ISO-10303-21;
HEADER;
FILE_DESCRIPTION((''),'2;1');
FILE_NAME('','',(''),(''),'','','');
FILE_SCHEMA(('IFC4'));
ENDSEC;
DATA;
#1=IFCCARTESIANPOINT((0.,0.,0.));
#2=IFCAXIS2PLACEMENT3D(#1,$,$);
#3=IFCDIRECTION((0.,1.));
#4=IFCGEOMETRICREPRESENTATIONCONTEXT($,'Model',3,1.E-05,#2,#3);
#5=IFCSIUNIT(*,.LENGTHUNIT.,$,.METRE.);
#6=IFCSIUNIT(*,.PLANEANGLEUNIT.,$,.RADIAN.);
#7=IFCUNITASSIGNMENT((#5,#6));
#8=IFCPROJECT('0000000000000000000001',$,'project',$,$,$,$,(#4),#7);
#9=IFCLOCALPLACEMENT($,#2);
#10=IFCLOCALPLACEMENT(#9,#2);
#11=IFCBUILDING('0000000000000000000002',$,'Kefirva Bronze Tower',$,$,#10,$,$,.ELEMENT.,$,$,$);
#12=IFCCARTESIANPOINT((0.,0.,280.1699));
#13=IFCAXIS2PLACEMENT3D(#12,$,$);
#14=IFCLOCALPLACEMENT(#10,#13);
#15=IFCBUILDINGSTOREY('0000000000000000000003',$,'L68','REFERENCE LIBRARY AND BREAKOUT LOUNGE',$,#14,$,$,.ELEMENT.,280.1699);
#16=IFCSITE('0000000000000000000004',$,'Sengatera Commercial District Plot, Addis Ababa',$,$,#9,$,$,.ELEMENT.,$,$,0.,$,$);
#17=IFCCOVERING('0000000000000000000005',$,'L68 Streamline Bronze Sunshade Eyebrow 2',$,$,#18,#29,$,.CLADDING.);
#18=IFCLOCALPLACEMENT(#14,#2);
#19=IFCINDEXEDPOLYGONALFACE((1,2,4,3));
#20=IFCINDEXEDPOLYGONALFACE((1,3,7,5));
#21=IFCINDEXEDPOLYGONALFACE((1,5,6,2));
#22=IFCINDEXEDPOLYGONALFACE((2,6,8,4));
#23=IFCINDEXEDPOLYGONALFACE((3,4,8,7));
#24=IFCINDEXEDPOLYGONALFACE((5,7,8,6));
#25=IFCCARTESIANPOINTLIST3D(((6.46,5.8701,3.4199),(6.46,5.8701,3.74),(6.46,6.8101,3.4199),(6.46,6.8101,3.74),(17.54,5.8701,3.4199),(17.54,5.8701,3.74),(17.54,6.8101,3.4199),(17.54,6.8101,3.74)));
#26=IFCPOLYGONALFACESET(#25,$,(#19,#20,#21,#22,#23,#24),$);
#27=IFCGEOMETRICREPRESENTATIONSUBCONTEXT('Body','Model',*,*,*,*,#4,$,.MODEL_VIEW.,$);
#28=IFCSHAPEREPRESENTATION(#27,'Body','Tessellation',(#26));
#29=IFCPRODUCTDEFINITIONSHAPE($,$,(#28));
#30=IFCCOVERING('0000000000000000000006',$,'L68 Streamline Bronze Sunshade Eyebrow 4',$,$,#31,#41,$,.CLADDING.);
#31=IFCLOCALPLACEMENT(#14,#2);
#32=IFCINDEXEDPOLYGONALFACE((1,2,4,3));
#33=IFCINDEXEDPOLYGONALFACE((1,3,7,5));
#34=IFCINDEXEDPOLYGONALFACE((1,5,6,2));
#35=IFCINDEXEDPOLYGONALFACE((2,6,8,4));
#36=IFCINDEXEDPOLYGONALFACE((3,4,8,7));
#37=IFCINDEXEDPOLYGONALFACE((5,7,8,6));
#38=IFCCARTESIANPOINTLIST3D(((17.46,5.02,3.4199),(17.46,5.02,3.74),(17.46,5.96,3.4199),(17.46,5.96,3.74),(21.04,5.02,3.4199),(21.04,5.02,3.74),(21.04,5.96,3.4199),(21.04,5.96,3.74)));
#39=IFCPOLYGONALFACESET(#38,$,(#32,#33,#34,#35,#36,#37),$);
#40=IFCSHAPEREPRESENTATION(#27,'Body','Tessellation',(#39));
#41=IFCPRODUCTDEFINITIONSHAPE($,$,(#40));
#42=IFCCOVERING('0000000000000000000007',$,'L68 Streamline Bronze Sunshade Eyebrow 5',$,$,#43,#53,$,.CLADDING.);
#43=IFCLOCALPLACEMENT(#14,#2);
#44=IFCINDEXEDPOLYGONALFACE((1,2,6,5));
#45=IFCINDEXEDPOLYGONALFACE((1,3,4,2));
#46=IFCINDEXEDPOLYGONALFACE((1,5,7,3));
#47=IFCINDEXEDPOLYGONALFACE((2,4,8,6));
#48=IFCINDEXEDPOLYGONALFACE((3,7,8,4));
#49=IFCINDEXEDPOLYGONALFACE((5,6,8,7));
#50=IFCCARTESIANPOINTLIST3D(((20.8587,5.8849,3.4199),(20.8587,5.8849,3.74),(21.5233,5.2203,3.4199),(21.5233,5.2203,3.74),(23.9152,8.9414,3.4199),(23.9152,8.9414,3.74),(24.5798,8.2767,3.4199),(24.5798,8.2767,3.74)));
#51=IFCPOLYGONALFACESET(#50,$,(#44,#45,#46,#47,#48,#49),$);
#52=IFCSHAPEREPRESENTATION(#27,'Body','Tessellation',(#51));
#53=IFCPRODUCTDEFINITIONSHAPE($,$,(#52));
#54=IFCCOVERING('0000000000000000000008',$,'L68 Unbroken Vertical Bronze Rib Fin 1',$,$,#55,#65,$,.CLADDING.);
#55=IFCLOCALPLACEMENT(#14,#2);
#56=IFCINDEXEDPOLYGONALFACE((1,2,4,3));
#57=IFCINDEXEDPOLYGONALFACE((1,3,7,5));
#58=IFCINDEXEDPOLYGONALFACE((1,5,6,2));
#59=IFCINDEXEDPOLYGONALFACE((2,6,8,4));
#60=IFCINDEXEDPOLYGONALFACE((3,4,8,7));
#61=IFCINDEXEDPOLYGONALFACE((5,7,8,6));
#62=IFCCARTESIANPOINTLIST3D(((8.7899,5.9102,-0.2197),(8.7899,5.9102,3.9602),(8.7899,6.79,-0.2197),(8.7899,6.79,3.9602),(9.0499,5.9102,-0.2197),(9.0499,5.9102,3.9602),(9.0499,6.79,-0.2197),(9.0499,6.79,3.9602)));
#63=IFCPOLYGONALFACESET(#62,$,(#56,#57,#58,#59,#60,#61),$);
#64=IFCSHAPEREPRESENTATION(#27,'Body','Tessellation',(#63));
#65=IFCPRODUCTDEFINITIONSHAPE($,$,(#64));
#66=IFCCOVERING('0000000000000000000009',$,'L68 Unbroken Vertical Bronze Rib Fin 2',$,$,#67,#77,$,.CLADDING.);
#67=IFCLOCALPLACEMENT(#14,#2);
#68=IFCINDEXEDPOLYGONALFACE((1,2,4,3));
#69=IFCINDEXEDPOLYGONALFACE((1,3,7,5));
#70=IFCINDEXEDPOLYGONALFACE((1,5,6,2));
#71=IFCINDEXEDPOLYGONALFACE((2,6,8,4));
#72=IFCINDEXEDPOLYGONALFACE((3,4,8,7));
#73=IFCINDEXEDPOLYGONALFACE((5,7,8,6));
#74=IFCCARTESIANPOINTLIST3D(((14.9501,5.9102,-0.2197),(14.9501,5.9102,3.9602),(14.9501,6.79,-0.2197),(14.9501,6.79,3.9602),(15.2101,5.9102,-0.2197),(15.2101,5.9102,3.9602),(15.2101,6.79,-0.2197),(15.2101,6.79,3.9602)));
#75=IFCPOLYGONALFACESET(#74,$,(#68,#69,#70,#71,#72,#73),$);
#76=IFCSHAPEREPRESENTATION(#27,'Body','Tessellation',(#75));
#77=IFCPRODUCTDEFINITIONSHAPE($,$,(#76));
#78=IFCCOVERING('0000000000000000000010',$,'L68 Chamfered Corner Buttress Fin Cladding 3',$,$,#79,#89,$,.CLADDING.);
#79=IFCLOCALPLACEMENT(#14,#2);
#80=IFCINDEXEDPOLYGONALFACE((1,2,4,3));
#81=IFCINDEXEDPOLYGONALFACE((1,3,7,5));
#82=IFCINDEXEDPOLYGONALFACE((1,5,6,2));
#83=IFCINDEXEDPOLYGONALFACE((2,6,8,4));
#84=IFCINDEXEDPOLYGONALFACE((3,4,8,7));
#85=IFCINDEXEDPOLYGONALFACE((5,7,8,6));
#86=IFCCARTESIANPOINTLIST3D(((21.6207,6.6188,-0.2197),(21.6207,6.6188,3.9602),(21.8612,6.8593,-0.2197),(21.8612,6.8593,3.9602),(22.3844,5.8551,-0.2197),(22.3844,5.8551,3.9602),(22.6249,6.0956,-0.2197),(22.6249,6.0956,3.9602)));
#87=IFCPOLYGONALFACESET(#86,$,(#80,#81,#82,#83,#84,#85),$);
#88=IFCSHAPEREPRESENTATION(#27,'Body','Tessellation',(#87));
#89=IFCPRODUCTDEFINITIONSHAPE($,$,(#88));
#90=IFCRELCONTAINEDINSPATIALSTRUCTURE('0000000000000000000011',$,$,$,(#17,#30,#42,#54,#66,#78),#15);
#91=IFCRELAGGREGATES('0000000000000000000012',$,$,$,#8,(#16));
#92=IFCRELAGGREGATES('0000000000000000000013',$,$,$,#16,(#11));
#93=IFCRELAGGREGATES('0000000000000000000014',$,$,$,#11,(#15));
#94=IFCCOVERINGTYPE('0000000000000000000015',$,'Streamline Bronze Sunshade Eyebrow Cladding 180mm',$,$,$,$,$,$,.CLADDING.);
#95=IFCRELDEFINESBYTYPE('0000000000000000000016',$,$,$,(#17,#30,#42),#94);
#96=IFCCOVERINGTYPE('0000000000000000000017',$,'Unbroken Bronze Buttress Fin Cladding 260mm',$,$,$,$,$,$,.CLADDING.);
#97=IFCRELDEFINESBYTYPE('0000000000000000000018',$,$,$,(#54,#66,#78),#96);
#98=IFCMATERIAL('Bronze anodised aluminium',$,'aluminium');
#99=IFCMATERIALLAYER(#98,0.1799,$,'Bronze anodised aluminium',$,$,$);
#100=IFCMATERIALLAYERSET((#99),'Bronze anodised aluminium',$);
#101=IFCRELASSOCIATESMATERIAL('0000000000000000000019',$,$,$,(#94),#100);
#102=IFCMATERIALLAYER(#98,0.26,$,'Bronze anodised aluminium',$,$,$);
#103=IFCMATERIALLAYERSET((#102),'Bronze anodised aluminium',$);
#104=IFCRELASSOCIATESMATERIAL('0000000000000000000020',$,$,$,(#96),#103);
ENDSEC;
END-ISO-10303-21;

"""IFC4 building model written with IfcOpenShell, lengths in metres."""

from ifc_helpers import new_model, si_unit, direction, frame, origin, origin_2d, place, context, subcontext, project, spatial, rectangle, extrude, material, layer, layer_set, type_object, element, save


model = new_model("IFC4")

# Units and contexts
model_context = context("Model", 3, precision=1e-05, world=origin(), true_north=direction((0.0, 1.0)))
body_context = subcontext(model_context, "Body", "Model", "MODEL_VIEW")
ifc_project = project(units=[si_unit("LENGTHUNIT", "METRE"), si_unit("PLANEANGLEUNIT", "RADIAN")], contexts=[model_context])

# Site, building, storey
site_placement = place(None, origin())
site = spatial("IfcSite", under=ifc_project, at=site_placement, Name="Sengatera Commercial District Plot, Addis Ababa", CompositionType="ELEMENT", RefElevation=0.0)
building_placement = place(site_placement, origin())
building = spatial("IfcBuilding", under=site, at=building_placement, Name="Kefirva Bronze Tower", CompositionType="ELEMENT")
storey_placement = place(building_placement, frame((0.0, 0.0, 280.1699)))
storey = spatial("IfcBuildingStorey", under=building, at=storey_placement, Name="L68", Description="REFERENCE LIBRARY AND BREAKOUT LOUNGE", CompositionType="ELEMENT", Elevation=280.1699)

# Shared definitions
ifc_material_1 = material(Name="Bronze anodised aluminium", Category="aluminium")

# Coverings
ifc_layer_1 = layer(ifc_material_1, 0.1799, Name="Bronze anodised aluminium")
ifc_layer_set_1 = layer_set([ifc_layer_1], Name="Bronze anodised aluminium")
covering_type_1 = type_object("IfcCoveringType", Name="Streamline Bronze Sunshade Eyebrow Cladding 180mm", PredefinedType="CLADDING", material=ifc_layer_set_1)
covering_1_placement = place(storey_placement, frame((12.0, 6.3401, 3.4199), z_axis=(0.0, 0.0, 1.0), x_axis=(1.0, 0.0, 0.0)))
element("IfcCovering", 1, at=covering_1_placement, inside=storey, type_object=covering_type_1, Name="L68 Streamline Bronze Sunshade Eyebrow 2", PredefinedType="CLADDING", context=body_context, shape_type="SweptSolid", body=[
    extrude(rectangle(XDim=11.0801, YDim=0.9399, at=origin_2d()), origin(), (0.0, 0.0, 1.0), 0.3201),
])
covering_2_placement = place(storey_placement, frame((19.25, 5.49, 3.4199), z_axis=(0.0, 0.0, 1.0), x_axis=(1.0, 0.0, 0.0)))
element("IfcCovering", 2, at=covering_2_placement, inside=storey, type_object=covering_type_1, Name="L68 Streamline Bronze Sunshade Eyebrow 4", PredefinedType="CLADDING", context=body_context, shape_type="SweptSolid", body=[
    extrude(rectangle(XDim=3.5801, YDim=0.9399, at=origin_2d()), origin(), (0.0, 0.0, 1.0), 0.3201),
])
covering_3_placement = place(storey_placement, frame((22.7192, 7.0808, 3.4199), z_axis=(0.0, 0.0, 1.0), x_axis=(0.707107, 0.707107, 0.0)))
element("IfcCovering", 3, at=covering_3_placement, inside=storey, type_object=covering_type_1, Name="L68 Streamline Bronze Sunshade Eyebrow 5", PredefinedType="CLADDING", context=body_context, shape_type="SweptSolid", body=[
    extrude(rectangle(XDim=4.3225, YDim=0.9399, at=origin_2d()), origin(), (0.0, 0.0, 1.0), 0.3201),
])
ifc_layer_2 = layer(ifc_material_1, 0.26, Name="Bronze anodised aluminium")
ifc_layer_set_2 = layer_set([ifc_layer_2], Name="Bronze anodised aluminium")
covering_type_2 = type_object("IfcCoveringType", Name="Unbroken Bronze Buttress Fin Cladding 260mm", PredefinedType="CLADDING", material=ifc_layer_set_2)
for number, where, z_axis, x_axis, name in (
    (4, (8.9199, 6.3501, -0.2197), (0.0, 0.0, 1.0), (1.0, 0.0, 0.0), "L68 Unbroken Vertical Bronze Rib Fin 1"),
    (5, (15.0801, 6.3501, -0.2197), (0.0, 0.0, 1.0), (1.0, 0.0, 0.0), "L68 Unbroken Vertical Bronze Rib Fin 2"),
):
    element("IfcCovering", number, at=place(storey_placement, frame(where, z_axis=z_axis, x_axis=x_axis)), inside=storey, type_object=covering_type_2, Name=name, PredefinedType="CLADDING", context=body_context, shape_type="SweptSolid", body=[
        extrude(rectangle(XDim=0.26, YDim=0.8799, at=origin_2d()), origin(), (0.0, 0.0, 1.0), 4.1799),
    ])
covering_4_placement = place(storey_placement, frame((22.1228, 6.3572, -0.2197), z_axis=(0.0, 0.0, 1.0), x_axis=(0.707107, 0.707107, 0.0)))
element("IfcCovering", 6, at=covering_4_placement, inside=storey, type_object=covering_type_2, Name="L68 Chamfered Corner Buttress Fin Cladding 3", PredefinedType="CLADDING", context=body_context, shape_type="SweptSolid", body=[
    extrude(rectangle(XDim=0.3401, YDim=1.0801, at=origin_2d()), origin(), (0.0, 0.0, 1.0), 4.1799),
])

save(model, "model.ifc")
